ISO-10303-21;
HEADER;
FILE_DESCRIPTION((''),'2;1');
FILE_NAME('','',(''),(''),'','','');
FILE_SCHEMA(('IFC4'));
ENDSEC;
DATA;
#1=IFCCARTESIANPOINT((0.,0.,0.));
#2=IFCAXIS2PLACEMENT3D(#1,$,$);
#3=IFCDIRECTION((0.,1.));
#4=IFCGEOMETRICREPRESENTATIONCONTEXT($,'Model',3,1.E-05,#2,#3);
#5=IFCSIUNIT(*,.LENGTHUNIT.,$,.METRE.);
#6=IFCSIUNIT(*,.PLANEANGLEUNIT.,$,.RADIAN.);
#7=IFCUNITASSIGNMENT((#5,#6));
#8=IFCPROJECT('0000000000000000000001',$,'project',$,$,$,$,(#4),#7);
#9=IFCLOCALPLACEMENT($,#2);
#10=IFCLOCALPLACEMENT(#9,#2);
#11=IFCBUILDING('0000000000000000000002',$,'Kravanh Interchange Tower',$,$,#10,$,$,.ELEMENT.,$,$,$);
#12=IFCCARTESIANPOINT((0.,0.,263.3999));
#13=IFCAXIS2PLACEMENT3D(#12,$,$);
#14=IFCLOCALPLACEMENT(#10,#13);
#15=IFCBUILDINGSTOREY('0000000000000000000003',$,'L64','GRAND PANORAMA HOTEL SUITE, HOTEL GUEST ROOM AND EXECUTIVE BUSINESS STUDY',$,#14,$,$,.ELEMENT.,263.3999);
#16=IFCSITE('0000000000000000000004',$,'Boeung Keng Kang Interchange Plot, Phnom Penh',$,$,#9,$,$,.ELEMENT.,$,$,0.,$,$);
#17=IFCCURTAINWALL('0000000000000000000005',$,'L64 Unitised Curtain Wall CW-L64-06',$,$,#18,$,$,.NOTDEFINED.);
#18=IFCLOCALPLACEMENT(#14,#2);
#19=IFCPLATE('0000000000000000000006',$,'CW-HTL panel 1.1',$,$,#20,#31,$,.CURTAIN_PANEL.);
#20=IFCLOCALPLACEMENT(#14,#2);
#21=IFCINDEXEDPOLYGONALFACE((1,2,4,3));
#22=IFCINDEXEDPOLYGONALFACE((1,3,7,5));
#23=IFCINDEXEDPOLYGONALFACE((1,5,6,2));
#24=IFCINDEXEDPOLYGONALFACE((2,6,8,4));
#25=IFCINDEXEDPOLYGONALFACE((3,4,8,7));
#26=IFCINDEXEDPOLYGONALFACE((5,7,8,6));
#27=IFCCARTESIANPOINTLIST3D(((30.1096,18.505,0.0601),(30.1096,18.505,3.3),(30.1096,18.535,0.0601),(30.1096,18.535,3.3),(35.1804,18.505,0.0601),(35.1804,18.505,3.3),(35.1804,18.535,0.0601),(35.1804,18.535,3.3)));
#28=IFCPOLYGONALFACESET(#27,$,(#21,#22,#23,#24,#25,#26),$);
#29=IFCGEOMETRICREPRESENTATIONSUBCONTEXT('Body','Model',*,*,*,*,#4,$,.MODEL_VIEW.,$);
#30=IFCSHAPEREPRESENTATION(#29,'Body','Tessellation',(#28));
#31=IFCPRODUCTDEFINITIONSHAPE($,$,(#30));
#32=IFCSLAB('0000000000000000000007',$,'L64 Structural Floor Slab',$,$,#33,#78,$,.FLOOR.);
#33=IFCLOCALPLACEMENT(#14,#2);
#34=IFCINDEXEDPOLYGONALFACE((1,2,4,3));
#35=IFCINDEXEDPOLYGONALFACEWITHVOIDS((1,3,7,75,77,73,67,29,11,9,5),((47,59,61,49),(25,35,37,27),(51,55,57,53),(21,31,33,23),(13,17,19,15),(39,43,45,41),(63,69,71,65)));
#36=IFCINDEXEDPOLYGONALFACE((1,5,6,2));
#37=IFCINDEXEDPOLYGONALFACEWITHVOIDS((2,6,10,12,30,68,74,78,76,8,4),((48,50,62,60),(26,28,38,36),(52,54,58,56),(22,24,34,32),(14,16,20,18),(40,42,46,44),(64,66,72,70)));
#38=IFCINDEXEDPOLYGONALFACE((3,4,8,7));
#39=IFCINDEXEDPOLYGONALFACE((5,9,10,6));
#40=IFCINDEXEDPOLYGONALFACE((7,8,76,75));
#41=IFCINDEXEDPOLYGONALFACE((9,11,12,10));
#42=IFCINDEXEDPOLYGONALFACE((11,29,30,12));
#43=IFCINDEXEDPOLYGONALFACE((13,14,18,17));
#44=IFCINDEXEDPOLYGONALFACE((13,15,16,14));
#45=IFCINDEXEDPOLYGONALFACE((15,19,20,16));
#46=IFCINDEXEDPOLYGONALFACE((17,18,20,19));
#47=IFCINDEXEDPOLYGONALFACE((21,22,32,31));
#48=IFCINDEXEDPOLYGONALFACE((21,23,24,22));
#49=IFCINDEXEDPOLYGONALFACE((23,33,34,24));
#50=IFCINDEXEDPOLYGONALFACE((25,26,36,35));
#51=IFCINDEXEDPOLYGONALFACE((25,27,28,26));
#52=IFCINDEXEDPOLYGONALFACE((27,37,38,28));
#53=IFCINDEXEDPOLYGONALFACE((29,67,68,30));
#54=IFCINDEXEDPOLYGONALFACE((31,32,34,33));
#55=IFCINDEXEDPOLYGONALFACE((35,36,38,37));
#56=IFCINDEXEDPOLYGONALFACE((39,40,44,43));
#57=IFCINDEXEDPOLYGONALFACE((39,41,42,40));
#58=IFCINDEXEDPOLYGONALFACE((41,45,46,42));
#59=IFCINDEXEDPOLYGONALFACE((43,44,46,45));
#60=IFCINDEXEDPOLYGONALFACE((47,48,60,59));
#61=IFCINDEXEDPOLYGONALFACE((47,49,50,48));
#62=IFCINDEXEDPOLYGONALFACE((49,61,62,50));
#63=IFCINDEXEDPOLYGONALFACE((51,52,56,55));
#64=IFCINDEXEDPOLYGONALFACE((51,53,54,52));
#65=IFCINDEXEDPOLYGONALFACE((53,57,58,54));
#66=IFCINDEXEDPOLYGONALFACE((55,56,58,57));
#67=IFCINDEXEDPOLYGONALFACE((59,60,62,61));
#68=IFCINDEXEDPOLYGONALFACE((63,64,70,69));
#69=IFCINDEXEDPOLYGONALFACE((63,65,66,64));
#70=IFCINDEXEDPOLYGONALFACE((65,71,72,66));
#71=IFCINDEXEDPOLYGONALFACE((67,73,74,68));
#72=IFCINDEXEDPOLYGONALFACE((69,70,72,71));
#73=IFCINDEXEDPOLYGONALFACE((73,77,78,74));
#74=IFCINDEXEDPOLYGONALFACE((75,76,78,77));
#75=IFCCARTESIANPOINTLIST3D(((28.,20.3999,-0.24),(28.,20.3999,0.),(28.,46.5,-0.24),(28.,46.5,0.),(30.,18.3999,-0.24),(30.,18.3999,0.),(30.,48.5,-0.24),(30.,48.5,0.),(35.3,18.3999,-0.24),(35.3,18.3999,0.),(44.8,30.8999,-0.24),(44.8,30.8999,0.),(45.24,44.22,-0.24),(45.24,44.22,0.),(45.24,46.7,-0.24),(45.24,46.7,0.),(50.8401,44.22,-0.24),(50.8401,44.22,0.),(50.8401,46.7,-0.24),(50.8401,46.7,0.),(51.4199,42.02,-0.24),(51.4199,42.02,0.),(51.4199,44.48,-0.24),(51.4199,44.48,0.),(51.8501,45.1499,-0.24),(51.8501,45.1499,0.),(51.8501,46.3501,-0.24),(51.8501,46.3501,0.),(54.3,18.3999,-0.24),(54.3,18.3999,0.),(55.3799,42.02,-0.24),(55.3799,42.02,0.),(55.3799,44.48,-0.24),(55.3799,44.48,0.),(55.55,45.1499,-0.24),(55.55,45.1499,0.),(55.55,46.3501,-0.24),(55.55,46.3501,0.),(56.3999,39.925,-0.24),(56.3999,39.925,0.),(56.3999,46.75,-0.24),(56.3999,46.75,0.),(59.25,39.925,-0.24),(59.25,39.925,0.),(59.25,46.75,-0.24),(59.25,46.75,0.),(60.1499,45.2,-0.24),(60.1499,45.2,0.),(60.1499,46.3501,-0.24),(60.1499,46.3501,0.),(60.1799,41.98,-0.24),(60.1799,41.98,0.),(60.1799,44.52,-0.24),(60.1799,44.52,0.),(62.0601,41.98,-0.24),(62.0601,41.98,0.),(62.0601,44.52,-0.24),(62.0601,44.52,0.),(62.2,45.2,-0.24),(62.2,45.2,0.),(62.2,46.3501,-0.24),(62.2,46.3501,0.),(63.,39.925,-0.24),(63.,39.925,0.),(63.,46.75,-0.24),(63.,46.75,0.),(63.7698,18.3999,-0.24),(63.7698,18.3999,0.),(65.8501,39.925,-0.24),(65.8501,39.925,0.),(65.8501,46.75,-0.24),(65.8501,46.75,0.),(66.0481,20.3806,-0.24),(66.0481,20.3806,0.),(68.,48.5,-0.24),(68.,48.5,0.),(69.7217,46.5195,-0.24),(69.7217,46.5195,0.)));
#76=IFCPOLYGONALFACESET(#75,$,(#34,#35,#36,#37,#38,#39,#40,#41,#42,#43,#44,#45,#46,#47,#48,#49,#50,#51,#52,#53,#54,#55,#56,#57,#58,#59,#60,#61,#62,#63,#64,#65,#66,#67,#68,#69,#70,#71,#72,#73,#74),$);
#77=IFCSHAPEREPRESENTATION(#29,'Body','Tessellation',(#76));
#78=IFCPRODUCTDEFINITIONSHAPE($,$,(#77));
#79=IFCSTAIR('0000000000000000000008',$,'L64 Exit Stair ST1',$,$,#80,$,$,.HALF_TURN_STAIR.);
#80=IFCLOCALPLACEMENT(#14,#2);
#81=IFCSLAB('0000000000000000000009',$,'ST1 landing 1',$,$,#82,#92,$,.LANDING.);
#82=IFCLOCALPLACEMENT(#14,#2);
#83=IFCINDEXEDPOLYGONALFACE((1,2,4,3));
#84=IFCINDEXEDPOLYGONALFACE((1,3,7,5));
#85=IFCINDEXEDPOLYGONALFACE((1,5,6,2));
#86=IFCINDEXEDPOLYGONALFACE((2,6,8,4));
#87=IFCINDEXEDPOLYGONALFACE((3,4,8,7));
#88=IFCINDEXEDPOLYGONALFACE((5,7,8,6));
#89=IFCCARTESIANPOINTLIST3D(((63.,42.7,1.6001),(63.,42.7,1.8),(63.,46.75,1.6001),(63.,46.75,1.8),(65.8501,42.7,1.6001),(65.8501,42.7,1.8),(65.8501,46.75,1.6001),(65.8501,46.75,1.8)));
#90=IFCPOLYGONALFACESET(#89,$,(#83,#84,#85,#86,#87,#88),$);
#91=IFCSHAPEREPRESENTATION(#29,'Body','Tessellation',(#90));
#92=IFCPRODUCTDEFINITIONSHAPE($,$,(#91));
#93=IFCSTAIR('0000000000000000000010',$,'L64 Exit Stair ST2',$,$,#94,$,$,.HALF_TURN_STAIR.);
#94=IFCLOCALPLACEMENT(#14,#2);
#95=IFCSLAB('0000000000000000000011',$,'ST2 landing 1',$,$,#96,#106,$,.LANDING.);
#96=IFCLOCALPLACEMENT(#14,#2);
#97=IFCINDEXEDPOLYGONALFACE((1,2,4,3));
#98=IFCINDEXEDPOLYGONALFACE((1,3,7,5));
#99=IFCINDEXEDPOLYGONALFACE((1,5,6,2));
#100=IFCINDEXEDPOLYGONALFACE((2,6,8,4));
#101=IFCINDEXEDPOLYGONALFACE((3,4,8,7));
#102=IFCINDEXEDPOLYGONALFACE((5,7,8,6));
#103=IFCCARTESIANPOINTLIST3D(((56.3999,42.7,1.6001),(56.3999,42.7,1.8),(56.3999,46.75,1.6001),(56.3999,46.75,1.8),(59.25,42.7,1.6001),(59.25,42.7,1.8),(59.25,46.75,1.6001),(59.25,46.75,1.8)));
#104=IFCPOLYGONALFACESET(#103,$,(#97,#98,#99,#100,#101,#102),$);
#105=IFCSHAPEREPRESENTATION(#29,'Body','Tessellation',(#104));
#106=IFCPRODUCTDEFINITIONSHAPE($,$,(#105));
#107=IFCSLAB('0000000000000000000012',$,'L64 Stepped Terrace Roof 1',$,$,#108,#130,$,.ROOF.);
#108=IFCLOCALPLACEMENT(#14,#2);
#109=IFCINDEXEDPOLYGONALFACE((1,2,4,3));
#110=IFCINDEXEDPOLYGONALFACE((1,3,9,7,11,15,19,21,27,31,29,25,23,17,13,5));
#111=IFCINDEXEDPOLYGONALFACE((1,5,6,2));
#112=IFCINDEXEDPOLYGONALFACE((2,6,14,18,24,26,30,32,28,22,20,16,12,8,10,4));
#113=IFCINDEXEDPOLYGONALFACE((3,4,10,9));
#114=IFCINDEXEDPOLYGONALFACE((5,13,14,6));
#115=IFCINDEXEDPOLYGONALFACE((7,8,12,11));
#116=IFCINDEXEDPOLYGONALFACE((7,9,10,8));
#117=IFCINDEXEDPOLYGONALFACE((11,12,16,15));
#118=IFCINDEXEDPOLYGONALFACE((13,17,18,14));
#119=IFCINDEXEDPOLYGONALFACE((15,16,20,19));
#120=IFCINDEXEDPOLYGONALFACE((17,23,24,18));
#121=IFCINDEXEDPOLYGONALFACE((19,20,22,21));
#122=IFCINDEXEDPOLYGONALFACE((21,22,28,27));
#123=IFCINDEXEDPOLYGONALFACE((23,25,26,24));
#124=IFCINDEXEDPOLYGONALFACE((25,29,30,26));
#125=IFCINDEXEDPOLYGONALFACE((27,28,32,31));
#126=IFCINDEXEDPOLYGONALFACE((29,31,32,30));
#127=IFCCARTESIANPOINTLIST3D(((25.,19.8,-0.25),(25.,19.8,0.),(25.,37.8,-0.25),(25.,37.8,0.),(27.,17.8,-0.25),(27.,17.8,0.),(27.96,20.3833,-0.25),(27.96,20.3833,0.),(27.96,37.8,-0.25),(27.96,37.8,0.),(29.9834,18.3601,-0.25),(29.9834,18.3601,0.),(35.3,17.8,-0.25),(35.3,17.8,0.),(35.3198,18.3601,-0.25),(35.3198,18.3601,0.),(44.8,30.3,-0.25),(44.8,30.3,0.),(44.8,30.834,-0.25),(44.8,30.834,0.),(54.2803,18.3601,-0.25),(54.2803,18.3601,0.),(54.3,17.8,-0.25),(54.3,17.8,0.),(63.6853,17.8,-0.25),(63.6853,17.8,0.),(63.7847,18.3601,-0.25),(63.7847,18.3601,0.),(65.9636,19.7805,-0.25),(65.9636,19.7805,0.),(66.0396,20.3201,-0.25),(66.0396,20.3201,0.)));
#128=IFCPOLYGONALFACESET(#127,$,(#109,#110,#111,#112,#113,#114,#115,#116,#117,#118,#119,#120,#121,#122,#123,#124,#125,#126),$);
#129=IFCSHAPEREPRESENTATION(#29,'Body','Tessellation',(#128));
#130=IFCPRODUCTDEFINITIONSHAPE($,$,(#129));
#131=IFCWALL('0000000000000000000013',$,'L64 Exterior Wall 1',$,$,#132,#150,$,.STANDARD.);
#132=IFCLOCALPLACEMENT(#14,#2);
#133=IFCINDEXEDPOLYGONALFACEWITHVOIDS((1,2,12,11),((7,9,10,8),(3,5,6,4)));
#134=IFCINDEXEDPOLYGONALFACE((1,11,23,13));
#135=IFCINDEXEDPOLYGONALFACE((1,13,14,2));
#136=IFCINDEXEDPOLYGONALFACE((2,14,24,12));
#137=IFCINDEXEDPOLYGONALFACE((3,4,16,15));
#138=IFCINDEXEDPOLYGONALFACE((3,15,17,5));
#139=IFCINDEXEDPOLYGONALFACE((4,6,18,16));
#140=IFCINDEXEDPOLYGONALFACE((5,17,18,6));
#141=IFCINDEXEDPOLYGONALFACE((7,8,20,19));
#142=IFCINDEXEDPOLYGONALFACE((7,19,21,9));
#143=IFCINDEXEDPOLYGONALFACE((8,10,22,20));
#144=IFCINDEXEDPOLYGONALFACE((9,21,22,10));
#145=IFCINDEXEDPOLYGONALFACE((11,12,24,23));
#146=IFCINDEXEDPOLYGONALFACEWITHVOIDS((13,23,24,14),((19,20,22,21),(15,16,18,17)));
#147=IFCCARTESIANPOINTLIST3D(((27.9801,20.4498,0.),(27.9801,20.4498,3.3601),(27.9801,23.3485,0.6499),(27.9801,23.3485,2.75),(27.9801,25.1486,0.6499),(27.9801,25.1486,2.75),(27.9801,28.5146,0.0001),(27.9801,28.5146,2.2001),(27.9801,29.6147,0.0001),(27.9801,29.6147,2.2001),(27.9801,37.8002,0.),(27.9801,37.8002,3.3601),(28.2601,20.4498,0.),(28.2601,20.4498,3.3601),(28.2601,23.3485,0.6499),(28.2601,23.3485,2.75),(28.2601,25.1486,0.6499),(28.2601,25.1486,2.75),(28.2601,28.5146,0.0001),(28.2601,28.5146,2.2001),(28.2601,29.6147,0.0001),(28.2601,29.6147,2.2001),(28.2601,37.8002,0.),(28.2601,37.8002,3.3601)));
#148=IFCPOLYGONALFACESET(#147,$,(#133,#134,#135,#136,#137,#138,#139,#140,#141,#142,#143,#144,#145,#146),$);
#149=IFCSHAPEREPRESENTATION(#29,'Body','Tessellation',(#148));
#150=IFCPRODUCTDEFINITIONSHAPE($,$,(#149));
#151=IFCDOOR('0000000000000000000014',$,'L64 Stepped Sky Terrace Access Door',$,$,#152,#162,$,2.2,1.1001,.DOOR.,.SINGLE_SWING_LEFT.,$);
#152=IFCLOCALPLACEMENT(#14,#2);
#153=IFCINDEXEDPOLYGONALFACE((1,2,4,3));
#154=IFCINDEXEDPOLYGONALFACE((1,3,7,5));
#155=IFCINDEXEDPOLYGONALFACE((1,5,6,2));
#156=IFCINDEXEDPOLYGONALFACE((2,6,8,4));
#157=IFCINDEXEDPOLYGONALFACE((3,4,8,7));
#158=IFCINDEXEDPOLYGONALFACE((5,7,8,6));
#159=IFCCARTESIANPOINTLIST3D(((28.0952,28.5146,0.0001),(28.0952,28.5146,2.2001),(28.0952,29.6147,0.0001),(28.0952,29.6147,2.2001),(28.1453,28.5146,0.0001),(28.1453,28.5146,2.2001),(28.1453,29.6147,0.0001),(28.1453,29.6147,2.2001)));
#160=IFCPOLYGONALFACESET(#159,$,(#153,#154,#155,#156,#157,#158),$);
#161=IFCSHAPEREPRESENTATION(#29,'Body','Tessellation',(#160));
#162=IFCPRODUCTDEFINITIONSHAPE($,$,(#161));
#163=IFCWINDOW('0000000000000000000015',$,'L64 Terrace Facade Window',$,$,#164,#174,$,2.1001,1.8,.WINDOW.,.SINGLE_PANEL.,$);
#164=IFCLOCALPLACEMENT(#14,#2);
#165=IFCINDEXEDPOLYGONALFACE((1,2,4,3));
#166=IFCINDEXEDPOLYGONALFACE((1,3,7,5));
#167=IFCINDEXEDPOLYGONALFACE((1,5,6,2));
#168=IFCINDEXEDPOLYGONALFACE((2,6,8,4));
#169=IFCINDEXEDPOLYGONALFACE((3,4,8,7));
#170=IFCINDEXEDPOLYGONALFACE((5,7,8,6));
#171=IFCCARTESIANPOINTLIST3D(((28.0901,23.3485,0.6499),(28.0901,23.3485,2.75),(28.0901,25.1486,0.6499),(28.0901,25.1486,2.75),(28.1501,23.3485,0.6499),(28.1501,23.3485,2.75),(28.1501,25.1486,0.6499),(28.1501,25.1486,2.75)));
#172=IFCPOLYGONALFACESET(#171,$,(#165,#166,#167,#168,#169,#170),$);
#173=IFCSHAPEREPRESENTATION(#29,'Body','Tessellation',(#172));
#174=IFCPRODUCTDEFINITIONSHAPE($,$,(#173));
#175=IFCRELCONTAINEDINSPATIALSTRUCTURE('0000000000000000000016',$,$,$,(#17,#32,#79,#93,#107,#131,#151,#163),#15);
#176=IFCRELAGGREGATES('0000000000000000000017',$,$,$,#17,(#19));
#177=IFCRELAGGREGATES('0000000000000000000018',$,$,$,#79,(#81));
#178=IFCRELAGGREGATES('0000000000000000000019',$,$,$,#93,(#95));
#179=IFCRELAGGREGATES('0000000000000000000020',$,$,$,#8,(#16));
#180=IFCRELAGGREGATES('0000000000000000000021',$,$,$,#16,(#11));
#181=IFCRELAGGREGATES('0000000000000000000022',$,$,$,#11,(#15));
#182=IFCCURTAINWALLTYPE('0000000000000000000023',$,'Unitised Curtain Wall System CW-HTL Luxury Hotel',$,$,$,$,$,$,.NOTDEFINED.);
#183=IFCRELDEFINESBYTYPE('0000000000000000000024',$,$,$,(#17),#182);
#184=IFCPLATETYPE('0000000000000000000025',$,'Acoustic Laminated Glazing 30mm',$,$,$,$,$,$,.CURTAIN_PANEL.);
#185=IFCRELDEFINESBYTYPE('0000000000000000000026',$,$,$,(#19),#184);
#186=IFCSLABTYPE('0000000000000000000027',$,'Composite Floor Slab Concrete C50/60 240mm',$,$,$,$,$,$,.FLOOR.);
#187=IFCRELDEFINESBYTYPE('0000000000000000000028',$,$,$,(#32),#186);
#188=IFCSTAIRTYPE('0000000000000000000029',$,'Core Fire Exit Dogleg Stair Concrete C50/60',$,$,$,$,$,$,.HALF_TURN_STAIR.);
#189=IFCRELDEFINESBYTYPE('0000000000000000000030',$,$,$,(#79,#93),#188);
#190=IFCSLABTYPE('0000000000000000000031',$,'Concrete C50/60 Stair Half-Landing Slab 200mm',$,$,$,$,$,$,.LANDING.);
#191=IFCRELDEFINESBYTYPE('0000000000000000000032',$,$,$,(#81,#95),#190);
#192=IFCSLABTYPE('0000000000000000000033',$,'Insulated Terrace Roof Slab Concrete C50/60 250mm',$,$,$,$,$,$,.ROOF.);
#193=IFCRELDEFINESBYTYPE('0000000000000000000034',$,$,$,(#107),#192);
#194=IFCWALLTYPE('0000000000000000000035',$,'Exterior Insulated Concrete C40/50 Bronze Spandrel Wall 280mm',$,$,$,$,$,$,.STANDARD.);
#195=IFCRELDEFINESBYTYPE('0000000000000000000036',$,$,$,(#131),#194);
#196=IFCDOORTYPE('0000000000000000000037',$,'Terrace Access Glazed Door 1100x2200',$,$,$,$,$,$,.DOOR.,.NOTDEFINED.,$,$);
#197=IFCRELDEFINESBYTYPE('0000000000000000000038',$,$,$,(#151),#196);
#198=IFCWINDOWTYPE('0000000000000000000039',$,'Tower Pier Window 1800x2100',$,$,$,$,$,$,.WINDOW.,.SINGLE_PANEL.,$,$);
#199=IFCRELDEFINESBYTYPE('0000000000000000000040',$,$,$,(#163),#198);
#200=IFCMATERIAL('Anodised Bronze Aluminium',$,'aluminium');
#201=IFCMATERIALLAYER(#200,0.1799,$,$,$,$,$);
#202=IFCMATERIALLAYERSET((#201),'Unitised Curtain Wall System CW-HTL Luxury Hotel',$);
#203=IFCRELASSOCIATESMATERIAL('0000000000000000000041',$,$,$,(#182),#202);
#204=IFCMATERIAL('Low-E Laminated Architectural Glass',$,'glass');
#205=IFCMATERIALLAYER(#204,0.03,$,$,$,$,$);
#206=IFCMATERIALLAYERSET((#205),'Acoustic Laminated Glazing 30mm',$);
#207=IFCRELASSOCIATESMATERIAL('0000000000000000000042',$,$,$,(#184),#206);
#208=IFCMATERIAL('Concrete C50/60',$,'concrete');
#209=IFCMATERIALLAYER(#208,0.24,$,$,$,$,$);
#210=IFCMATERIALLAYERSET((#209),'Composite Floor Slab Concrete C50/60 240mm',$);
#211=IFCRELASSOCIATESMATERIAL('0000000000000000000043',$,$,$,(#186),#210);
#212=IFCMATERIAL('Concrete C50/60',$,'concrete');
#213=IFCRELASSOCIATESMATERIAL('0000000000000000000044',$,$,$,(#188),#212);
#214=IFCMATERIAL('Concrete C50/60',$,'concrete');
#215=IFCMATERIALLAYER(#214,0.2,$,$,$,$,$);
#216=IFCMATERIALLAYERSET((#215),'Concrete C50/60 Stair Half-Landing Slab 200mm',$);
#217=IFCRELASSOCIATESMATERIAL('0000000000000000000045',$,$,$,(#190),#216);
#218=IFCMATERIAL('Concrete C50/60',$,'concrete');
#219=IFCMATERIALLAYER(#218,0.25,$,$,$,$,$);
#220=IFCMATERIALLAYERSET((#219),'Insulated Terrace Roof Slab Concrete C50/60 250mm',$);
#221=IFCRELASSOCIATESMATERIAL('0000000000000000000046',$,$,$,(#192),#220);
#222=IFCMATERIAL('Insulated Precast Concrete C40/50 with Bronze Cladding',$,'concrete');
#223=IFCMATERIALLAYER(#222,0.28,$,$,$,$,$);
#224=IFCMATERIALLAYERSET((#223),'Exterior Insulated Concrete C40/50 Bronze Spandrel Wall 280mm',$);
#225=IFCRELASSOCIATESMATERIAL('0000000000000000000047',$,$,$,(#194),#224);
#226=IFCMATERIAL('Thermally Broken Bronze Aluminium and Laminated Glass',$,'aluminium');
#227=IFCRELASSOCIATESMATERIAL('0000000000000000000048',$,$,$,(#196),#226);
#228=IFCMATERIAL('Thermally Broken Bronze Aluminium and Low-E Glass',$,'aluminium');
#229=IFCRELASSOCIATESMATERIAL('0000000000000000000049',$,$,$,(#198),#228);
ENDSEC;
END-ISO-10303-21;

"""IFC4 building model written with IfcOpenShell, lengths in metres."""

from ifc_helpers import new_model, si_unit, direction, frame, frame_2d, origin, origin_2d, place, context, subcontext, project, spatial, polyline, rectangle, outline, extrude, material, layer, layer_set, type_object, element, fill, aggregate, save


model = new_model("IFC4")

# Units and contexts
model_context = context("Model", 3, precision=1e-05, world=origin(), true_north=direction((0.0, 1.0)))
body_context = subcontext(model_context, "Body", "Model", "MODEL_VIEW")
ifc_project = project(units=[si_unit("LENGTHUNIT", "METRE"), si_unit("PLANEANGLEUNIT", "RADIAN")], contexts=[model_context])

# Site, building, storey
site_placement = place(None, origin())
site = spatial("IfcSite", under=ifc_project, at=site_placement, Name="Boeung Keng Kang Interchange Plot, Phnom Penh", CompositionType="ELEMENT", RefElevation=0.0)
building_placement = place(site_placement, origin())
building = spatial("IfcBuilding", under=site, at=building_placement, Name="Kravanh Interchange Tower", CompositionType="ELEMENT")
storey_placement = place(building_placement, frame((0.0, 0.0, 263.3999)))
storey = spatial("IfcBuildingStorey", under=building, at=storey_placement, Name="L64", Description="GRAND PANORAMA HOTEL SUITE, HOTEL GUEST ROOM AND EXECUTIVE BUSINESS STUDY", CompositionType="ELEMENT", Elevation=263.3999)

# Curtain wall
ifc_material_1 = material(Name="Anodised Bronze Aluminium", Category="aluminium")
ifc_layer_1 = layer(ifc_material_1, 0.1799)
ifc_layer_set_1 = layer_set([ifc_layer_1], Name="Unitised Curtain Wall System CW-HTL Luxury Hotel")
curtain_wall_type = type_object("IfcCurtainWallType", Name="Unitised Curtain Wall System CW-HTL Luxury Hotel", PredefinedType="NOTDEFINED", material=ifc_layer_set_1)
curtain_wall_1_placement = place(storey_placement, origin())
curtain_wall_1 = element("IfcCurtainWall", 1, at=curtain_wall_1_placement, inside=storey, type_object=curtain_wall_type, Name="L64 Unitised Curtain Wall CW-L64-06", PredefinedType="NOTDEFINED")

# Plate
ifc_material_2 = material(Name="Low-E Laminated Architectural Glass", Category="glass")
ifc_layer_2 = layer(ifc_material_2, 0.03)
ifc_layer_set_2 = layer_set([ifc_layer_2], Name="Acoustic Laminated Glazing 30mm")
plate_type = type_object("IfcPlateType", Name="Acoustic Laminated Glazing 30mm", PredefinedType="CURTAIN_PANEL", material=ifc_layer_set_2)
plate_1_placement = place(storey_placement, frame((32.645, 18.52, 0.0601), z_axis=(0.0, 0.0, 1.0), x_axis=(-1.0, 0.0, 0.0)))
plate_1 = element("IfcPlate", 2, at=plate_1_placement, type_object=plate_type, Name="CW-HTL panel 1.1", PredefinedType="CURTAIN_PANEL", context=body_context, shape_type="SweptSolid", body=[
    extrude(rectangle(XDim=5.0708, YDim=0.03, at=origin_2d()), origin(), (0.0, 0.0, 1.0), 3.24),
])
aggregate(curtain_wall_1, [plate_1])

# Slab
ifc_material_3 = material(Name="Concrete C50/60", Category="concrete")
ifc_layer_3 = layer(ifc_material_3, 0.24)
ifc_layer_set_3 = layer_set([ifc_layer_3], Name="Composite Floor Slab Concrete C50/60 240mm")
slab_type_1 = type_object("IfcSlabType", Name="Composite Floor Slab Concrete C50/60 240mm", PredefinedType="FLOOR", material=ifc_layer_set_3)
slab_1_placement = place(storey_placement, frame((0.0, 0.0, -0.24)))
element("IfcSlab", 3, at=slab_1_placement, inside=storey, type_object=slab_type_1, Name="L64 Structural Floor Slab", PredefinedType="FLOOR", context=body_context, shape_type="SweptSolid", body=[
    extrude(outline(polyline([(28.0, 20.3999), (30.0, 18.3999), (35.3, 18.3999), (44.8, 30.8999), (54.3, 18.3999), (63.7698, 18.3999), (66.0481, 20.3806), (69.7217, 46.5195), (68.0, 48.5), (30.0, 48.5), (28.0, 46.5), (28.0, 20.3999)]), holes=[polyline([(65.8501, 39.925), (65.8501, 46.75), (63.0, 46.75), (63.0, 39.925), (65.8501, 39.925)]), polyline([(59.25, 39.925), (59.25, 46.75), (56.3999, 46.75), (56.3999, 39.925), (59.25, 39.925)]), polyline([(45.24, 44.22), (50.8401, 44.22), (50.8401, 46.7), (45.24, 46.7), (45.24, 44.22)]), polyline([(51.4199, 42.02), (55.3799, 42.02), (55.3799, 44.48), (51.4199, 44.48), (51.4199, 42.02)]), polyline([(60.1799, 41.98), (62.0601, 41.98), (62.0601, 44.52), (60.1799, 44.52), (60.1799, 41.98)]), polyline([(60.1499, 45.2), (62.2, 45.2), (62.2, 46.3501), (60.1499, 46.3501), (60.1499, 45.2)]), polyline([(51.8501, 45.1499), (55.55, 45.1499), (55.55, 46.3501), (51.8501, 46.3501), (51.8501, 45.1499)])]), origin(), (0.0, 0.0, 1.0), 0.24),
])

# Stairs, slabs
ifc_material_4 = material(Name="Concrete C50/60", Category="concrete")
stair_type = type_object("IfcStairType", Name="Core Fire Exit Dogleg Stair Concrete C50/60", PredefinedType="HALF_TURN_STAIR", material=ifc_material_4)
stair_1_placement = place(storey_placement, origin())
stair_1 = element("IfcStair", 4, at=stair_1_placement, inside=storey, type_object=stair_type, Name="L64 Exit Stair ST1", PredefinedType="HALF_TURN_STAIR")
ifc_material_5 = material(Name="Concrete C50/60", Category="concrete")
ifc_layer_4 = layer(ifc_material_5, 0.2)
ifc_layer_set_4 = layer_set([ifc_layer_4], Name="Concrete C50/60 Stair Half-Landing Slab 200mm")
slab_type_2 = type_object("IfcSlabType", Name="Concrete C50/60 Stair Half-Landing Slab 200mm", PredefinedType="LANDING", material=ifc_layer_set_4)
slab_2_placement = place(storey_placement, frame((0.0, 0.0, 1.6001)))
slab_2 = element("IfcSlab", 5, at=slab_2_placement, type_object=slab_type_2, Name="ST1 landing 1", PredefinedType="LANDING", context=body_context, shape_type="SweptSolid", body=[
    extrude(outline(polyline([(65.8501, 42.7), (65.8501, 46.75), (63.0, 46.75), (63.0, 42.7), (65.8501, 42.7)])), origin(), (0.0, 0.0, 1.0), 0.2),
])
aggregate(stair_1, [slab_2])
stair_2_placement = place(storey_placement, origin())
stair_2 = element("IfcStair", 6, at=stair_2_placement, inside=storey, type_object=stair_type, Name="L64 Exit Stair ST2", PredefinedType="HALF_TURN_STAIR")
slab_3_placement = place(storey_placement, frame((0.0, 0.0, 1.6001)))
slab_3 = element("IfcSlab", 7, at=slab_3_placement, type_object=slab_type_2, Name="ST2 landing 1", PredefinedType="LANDING", context=body_context, shape_type="SweptSolid", body=[
    extrude(outline(polyline([(59.25, 42.7), (59.25, 46.75), (56.3999, 46.75), (56.3999, 42.7), (59.25, 42.7)])), origin(), (0.0, 0.0, 1.0), 0.2),
])
aggregate(stair_2, [slab_3])

# Slab
ifc_material_6 = material(Name="Concrete C50/60", Category="concrete")
ifc_layer_5 = layer(ifc_material_6, 0.25)
ifc_layer_set_5 = layer_set([ifc_layer_5], Name="Insulated Terrace Roof Slab Concrete C50/60 250mm")
slab_type_3 = type_object("IfcSlabType", Name="Insulated Terrace Roof Slab Concrete C50/60 250mm", PredefinedType="ROOF", material=ifc_layer_set_5)
slab_4_placement = place(storey_placement, frame((0.0, 0.0, -0.25)))
element("IfcSlab", 8, at=slab_4_placement, inside=storey, type_object=slab_type_3, Name="L64 Stepped Terrace Roof 1", PredefinedType="ROOF", context=body_context, shape_type="SweptSolid", body=[
    extrude(outline(polyline([(63.6853, 17.8), (54.3, 17.8), (44.8, 30.3), (35.3, 17.8), (27.0, 17.8), (25.0, 19.8), (25.0, 37.8), (27.96, 37.8), (27.96, 20.3833), (29.9834, 18.3601), (35.3198, 18.3601), (44.8, 30.834), (54.2803, 18.3601), (63.7847, 18.3601), (66.0396, 20.3201), (65.9636, 19.7805), (63.6853, 17.8)])), origin(), (0.0, 0.0, 1.0), 0.25),
])

# Wall, openings, door, window
ifc_material_7 = material(Name="Insulated Precast Concrete C40/50 with Bronze Cladding", Category="concrete")
ifc_layer_6 = layer(ifc_material_7, 0.28)
ifc_layer_set_6 = layer_set([ifc_layer_6], Name="Exterior Insulated Concrete C40/50 Bronze Spandrel Wall 280mm")
wall_type = type_object("IfcWallType", Name="Exterior Insulated Concrete C40/50 Bronze Spandrel Wall 280mm", PredefinedType="STANDARD", material=ifc_layer_set_6)
wall_1_placement = place(storey_placement, frame((28.1201, 20.4497, 0.0), z_axis=(0.0, 0.0, 1.0), x_axis=(0.0, 1.0, 0.0)))
wall_1 = element("IfcWall", 9, at=wall_1_placement, inside=storey, type_object=wall_type, Name="L64 Exterior Wall 1", PredefinedType="STANDARD", context=body_context, shape_type="SweptSolid", body=[
    extrude(rectangle(XDim=17.3503, YDim=0.28, at=frame_2d((8.6753, 0.0))), origin(), (0.0, 0.0, 1.0), 3.3601),
])
opening_1_placement = place(wall_1_placement, frame((8.0649, 0.0, 0.0)))
opening_1 = element("IfcOpeningElement", 10, at=opening_1_placement, cuts=wall_1, PredefinedType="OPENING", context=body_context, shape_type="SweptSolid", body=[
    extrude(rectangle(XDim=1.1001, YDim=2.2, at=frame_2d((0.55, 1.1001))), frame((0.0, 0.1499, 0.0), z_axis=(0.0, -1.0, 0.0), x_axis=(1.0, 0.0, 0.0)), (0.0, 0.0, 1.0), 0.3),
])
opening_2_placement = place(wall_1_placement, frame((2.8989, 0.0, 0.6499)))
opening_2 = element("IfcOpeningElement", 11, at=opening_2_placement, cuts=wall_1, PredefinedType="OPENING", context=body_context, shape_type="SweptSolid", body=[
    extrude(rectangle(XDim=1.8, YDim=2.1001, at=frame_2d((0.8999, 1.05))), frame((0.0, 0.1499, 0.0), z_axis=(0.0, -1.0, 0.0), x_axis=(1.0, 0.0, 0.0)), (0.0, 0.0, 1.0), 0.3),
])
ifc_material_8 = material(Name="Thermally Broken Bronze Aluminium and Laminated Glass", Category="aluminium")
door_type = type_object("IfcDoorType", Name="Terrace Access Glazed Door 1100x2200", OperationType="NOTDEFINED", PredefinedType="DOOR", material=ifc_material_8)
door_placement = place(opening_1_placement, origin())
door = element("IfcDoor", 12, at=door_placement, inside=storey, type_object=door_type, Name="L64 Stepped Sky Terrace Access Door", OperationType="SINGLE_SWING_LEFT", OverallHeight=2.2, OverallWidth=1.1001, PredefinedType="DOOR", context=body_context, shape_type="SweptSolid", body=[
    extrude(rectangle(XDim=1.1001, YDim=2.2, at=frame_2d((0.55, 1.1001))), frame((0.0, 0.0249, 0.0), z_axis=(0.0, -1.0, 0.0), x_axis=(1.0, 0.0, 0.0)), (0.0, 0.0, 1.0), 0.05),
])
fill(opening_1, door)
ifc_material_9 = material(Name="Thermally Broken Bronze Aluminium and Low-E Glass", Category="aluminium")
window_type = type_object("IfcWindowType", Name="Tower Pier Window 1800x2100", PartitioningType="SINGLE_PANEL", PredefinedType="WINDOW", material=ifc_material_9)
window_1_placement = place(opening_2_placement, origin())
window_1 = element("IfcWindow", 13, at=window_1_placement, inside=storey, type_object=window_type, Name="L64 Terrace Facade Window", OverallHeight=2.1001, OverallWidth=1.8, PartitioningType="SINGLE_PANEL", PredefinedType="WINDOW", context=body_context, shape_type="SweptSolid", body=[
    extrude(rectangle(XDim=1.8, YDim=2.1001, at=frame_2d((0.8999, 1.05))), frame((0.0, 0.03, 0.0), z_axis=(0.0, -1.0, 0.0), x_axis=(1.0, 0.0, 0.0)), (0.0, 0.0, 1.0), 0.0601),
])
fill(opening_2, window_1)

save(model, "model.ifc")
